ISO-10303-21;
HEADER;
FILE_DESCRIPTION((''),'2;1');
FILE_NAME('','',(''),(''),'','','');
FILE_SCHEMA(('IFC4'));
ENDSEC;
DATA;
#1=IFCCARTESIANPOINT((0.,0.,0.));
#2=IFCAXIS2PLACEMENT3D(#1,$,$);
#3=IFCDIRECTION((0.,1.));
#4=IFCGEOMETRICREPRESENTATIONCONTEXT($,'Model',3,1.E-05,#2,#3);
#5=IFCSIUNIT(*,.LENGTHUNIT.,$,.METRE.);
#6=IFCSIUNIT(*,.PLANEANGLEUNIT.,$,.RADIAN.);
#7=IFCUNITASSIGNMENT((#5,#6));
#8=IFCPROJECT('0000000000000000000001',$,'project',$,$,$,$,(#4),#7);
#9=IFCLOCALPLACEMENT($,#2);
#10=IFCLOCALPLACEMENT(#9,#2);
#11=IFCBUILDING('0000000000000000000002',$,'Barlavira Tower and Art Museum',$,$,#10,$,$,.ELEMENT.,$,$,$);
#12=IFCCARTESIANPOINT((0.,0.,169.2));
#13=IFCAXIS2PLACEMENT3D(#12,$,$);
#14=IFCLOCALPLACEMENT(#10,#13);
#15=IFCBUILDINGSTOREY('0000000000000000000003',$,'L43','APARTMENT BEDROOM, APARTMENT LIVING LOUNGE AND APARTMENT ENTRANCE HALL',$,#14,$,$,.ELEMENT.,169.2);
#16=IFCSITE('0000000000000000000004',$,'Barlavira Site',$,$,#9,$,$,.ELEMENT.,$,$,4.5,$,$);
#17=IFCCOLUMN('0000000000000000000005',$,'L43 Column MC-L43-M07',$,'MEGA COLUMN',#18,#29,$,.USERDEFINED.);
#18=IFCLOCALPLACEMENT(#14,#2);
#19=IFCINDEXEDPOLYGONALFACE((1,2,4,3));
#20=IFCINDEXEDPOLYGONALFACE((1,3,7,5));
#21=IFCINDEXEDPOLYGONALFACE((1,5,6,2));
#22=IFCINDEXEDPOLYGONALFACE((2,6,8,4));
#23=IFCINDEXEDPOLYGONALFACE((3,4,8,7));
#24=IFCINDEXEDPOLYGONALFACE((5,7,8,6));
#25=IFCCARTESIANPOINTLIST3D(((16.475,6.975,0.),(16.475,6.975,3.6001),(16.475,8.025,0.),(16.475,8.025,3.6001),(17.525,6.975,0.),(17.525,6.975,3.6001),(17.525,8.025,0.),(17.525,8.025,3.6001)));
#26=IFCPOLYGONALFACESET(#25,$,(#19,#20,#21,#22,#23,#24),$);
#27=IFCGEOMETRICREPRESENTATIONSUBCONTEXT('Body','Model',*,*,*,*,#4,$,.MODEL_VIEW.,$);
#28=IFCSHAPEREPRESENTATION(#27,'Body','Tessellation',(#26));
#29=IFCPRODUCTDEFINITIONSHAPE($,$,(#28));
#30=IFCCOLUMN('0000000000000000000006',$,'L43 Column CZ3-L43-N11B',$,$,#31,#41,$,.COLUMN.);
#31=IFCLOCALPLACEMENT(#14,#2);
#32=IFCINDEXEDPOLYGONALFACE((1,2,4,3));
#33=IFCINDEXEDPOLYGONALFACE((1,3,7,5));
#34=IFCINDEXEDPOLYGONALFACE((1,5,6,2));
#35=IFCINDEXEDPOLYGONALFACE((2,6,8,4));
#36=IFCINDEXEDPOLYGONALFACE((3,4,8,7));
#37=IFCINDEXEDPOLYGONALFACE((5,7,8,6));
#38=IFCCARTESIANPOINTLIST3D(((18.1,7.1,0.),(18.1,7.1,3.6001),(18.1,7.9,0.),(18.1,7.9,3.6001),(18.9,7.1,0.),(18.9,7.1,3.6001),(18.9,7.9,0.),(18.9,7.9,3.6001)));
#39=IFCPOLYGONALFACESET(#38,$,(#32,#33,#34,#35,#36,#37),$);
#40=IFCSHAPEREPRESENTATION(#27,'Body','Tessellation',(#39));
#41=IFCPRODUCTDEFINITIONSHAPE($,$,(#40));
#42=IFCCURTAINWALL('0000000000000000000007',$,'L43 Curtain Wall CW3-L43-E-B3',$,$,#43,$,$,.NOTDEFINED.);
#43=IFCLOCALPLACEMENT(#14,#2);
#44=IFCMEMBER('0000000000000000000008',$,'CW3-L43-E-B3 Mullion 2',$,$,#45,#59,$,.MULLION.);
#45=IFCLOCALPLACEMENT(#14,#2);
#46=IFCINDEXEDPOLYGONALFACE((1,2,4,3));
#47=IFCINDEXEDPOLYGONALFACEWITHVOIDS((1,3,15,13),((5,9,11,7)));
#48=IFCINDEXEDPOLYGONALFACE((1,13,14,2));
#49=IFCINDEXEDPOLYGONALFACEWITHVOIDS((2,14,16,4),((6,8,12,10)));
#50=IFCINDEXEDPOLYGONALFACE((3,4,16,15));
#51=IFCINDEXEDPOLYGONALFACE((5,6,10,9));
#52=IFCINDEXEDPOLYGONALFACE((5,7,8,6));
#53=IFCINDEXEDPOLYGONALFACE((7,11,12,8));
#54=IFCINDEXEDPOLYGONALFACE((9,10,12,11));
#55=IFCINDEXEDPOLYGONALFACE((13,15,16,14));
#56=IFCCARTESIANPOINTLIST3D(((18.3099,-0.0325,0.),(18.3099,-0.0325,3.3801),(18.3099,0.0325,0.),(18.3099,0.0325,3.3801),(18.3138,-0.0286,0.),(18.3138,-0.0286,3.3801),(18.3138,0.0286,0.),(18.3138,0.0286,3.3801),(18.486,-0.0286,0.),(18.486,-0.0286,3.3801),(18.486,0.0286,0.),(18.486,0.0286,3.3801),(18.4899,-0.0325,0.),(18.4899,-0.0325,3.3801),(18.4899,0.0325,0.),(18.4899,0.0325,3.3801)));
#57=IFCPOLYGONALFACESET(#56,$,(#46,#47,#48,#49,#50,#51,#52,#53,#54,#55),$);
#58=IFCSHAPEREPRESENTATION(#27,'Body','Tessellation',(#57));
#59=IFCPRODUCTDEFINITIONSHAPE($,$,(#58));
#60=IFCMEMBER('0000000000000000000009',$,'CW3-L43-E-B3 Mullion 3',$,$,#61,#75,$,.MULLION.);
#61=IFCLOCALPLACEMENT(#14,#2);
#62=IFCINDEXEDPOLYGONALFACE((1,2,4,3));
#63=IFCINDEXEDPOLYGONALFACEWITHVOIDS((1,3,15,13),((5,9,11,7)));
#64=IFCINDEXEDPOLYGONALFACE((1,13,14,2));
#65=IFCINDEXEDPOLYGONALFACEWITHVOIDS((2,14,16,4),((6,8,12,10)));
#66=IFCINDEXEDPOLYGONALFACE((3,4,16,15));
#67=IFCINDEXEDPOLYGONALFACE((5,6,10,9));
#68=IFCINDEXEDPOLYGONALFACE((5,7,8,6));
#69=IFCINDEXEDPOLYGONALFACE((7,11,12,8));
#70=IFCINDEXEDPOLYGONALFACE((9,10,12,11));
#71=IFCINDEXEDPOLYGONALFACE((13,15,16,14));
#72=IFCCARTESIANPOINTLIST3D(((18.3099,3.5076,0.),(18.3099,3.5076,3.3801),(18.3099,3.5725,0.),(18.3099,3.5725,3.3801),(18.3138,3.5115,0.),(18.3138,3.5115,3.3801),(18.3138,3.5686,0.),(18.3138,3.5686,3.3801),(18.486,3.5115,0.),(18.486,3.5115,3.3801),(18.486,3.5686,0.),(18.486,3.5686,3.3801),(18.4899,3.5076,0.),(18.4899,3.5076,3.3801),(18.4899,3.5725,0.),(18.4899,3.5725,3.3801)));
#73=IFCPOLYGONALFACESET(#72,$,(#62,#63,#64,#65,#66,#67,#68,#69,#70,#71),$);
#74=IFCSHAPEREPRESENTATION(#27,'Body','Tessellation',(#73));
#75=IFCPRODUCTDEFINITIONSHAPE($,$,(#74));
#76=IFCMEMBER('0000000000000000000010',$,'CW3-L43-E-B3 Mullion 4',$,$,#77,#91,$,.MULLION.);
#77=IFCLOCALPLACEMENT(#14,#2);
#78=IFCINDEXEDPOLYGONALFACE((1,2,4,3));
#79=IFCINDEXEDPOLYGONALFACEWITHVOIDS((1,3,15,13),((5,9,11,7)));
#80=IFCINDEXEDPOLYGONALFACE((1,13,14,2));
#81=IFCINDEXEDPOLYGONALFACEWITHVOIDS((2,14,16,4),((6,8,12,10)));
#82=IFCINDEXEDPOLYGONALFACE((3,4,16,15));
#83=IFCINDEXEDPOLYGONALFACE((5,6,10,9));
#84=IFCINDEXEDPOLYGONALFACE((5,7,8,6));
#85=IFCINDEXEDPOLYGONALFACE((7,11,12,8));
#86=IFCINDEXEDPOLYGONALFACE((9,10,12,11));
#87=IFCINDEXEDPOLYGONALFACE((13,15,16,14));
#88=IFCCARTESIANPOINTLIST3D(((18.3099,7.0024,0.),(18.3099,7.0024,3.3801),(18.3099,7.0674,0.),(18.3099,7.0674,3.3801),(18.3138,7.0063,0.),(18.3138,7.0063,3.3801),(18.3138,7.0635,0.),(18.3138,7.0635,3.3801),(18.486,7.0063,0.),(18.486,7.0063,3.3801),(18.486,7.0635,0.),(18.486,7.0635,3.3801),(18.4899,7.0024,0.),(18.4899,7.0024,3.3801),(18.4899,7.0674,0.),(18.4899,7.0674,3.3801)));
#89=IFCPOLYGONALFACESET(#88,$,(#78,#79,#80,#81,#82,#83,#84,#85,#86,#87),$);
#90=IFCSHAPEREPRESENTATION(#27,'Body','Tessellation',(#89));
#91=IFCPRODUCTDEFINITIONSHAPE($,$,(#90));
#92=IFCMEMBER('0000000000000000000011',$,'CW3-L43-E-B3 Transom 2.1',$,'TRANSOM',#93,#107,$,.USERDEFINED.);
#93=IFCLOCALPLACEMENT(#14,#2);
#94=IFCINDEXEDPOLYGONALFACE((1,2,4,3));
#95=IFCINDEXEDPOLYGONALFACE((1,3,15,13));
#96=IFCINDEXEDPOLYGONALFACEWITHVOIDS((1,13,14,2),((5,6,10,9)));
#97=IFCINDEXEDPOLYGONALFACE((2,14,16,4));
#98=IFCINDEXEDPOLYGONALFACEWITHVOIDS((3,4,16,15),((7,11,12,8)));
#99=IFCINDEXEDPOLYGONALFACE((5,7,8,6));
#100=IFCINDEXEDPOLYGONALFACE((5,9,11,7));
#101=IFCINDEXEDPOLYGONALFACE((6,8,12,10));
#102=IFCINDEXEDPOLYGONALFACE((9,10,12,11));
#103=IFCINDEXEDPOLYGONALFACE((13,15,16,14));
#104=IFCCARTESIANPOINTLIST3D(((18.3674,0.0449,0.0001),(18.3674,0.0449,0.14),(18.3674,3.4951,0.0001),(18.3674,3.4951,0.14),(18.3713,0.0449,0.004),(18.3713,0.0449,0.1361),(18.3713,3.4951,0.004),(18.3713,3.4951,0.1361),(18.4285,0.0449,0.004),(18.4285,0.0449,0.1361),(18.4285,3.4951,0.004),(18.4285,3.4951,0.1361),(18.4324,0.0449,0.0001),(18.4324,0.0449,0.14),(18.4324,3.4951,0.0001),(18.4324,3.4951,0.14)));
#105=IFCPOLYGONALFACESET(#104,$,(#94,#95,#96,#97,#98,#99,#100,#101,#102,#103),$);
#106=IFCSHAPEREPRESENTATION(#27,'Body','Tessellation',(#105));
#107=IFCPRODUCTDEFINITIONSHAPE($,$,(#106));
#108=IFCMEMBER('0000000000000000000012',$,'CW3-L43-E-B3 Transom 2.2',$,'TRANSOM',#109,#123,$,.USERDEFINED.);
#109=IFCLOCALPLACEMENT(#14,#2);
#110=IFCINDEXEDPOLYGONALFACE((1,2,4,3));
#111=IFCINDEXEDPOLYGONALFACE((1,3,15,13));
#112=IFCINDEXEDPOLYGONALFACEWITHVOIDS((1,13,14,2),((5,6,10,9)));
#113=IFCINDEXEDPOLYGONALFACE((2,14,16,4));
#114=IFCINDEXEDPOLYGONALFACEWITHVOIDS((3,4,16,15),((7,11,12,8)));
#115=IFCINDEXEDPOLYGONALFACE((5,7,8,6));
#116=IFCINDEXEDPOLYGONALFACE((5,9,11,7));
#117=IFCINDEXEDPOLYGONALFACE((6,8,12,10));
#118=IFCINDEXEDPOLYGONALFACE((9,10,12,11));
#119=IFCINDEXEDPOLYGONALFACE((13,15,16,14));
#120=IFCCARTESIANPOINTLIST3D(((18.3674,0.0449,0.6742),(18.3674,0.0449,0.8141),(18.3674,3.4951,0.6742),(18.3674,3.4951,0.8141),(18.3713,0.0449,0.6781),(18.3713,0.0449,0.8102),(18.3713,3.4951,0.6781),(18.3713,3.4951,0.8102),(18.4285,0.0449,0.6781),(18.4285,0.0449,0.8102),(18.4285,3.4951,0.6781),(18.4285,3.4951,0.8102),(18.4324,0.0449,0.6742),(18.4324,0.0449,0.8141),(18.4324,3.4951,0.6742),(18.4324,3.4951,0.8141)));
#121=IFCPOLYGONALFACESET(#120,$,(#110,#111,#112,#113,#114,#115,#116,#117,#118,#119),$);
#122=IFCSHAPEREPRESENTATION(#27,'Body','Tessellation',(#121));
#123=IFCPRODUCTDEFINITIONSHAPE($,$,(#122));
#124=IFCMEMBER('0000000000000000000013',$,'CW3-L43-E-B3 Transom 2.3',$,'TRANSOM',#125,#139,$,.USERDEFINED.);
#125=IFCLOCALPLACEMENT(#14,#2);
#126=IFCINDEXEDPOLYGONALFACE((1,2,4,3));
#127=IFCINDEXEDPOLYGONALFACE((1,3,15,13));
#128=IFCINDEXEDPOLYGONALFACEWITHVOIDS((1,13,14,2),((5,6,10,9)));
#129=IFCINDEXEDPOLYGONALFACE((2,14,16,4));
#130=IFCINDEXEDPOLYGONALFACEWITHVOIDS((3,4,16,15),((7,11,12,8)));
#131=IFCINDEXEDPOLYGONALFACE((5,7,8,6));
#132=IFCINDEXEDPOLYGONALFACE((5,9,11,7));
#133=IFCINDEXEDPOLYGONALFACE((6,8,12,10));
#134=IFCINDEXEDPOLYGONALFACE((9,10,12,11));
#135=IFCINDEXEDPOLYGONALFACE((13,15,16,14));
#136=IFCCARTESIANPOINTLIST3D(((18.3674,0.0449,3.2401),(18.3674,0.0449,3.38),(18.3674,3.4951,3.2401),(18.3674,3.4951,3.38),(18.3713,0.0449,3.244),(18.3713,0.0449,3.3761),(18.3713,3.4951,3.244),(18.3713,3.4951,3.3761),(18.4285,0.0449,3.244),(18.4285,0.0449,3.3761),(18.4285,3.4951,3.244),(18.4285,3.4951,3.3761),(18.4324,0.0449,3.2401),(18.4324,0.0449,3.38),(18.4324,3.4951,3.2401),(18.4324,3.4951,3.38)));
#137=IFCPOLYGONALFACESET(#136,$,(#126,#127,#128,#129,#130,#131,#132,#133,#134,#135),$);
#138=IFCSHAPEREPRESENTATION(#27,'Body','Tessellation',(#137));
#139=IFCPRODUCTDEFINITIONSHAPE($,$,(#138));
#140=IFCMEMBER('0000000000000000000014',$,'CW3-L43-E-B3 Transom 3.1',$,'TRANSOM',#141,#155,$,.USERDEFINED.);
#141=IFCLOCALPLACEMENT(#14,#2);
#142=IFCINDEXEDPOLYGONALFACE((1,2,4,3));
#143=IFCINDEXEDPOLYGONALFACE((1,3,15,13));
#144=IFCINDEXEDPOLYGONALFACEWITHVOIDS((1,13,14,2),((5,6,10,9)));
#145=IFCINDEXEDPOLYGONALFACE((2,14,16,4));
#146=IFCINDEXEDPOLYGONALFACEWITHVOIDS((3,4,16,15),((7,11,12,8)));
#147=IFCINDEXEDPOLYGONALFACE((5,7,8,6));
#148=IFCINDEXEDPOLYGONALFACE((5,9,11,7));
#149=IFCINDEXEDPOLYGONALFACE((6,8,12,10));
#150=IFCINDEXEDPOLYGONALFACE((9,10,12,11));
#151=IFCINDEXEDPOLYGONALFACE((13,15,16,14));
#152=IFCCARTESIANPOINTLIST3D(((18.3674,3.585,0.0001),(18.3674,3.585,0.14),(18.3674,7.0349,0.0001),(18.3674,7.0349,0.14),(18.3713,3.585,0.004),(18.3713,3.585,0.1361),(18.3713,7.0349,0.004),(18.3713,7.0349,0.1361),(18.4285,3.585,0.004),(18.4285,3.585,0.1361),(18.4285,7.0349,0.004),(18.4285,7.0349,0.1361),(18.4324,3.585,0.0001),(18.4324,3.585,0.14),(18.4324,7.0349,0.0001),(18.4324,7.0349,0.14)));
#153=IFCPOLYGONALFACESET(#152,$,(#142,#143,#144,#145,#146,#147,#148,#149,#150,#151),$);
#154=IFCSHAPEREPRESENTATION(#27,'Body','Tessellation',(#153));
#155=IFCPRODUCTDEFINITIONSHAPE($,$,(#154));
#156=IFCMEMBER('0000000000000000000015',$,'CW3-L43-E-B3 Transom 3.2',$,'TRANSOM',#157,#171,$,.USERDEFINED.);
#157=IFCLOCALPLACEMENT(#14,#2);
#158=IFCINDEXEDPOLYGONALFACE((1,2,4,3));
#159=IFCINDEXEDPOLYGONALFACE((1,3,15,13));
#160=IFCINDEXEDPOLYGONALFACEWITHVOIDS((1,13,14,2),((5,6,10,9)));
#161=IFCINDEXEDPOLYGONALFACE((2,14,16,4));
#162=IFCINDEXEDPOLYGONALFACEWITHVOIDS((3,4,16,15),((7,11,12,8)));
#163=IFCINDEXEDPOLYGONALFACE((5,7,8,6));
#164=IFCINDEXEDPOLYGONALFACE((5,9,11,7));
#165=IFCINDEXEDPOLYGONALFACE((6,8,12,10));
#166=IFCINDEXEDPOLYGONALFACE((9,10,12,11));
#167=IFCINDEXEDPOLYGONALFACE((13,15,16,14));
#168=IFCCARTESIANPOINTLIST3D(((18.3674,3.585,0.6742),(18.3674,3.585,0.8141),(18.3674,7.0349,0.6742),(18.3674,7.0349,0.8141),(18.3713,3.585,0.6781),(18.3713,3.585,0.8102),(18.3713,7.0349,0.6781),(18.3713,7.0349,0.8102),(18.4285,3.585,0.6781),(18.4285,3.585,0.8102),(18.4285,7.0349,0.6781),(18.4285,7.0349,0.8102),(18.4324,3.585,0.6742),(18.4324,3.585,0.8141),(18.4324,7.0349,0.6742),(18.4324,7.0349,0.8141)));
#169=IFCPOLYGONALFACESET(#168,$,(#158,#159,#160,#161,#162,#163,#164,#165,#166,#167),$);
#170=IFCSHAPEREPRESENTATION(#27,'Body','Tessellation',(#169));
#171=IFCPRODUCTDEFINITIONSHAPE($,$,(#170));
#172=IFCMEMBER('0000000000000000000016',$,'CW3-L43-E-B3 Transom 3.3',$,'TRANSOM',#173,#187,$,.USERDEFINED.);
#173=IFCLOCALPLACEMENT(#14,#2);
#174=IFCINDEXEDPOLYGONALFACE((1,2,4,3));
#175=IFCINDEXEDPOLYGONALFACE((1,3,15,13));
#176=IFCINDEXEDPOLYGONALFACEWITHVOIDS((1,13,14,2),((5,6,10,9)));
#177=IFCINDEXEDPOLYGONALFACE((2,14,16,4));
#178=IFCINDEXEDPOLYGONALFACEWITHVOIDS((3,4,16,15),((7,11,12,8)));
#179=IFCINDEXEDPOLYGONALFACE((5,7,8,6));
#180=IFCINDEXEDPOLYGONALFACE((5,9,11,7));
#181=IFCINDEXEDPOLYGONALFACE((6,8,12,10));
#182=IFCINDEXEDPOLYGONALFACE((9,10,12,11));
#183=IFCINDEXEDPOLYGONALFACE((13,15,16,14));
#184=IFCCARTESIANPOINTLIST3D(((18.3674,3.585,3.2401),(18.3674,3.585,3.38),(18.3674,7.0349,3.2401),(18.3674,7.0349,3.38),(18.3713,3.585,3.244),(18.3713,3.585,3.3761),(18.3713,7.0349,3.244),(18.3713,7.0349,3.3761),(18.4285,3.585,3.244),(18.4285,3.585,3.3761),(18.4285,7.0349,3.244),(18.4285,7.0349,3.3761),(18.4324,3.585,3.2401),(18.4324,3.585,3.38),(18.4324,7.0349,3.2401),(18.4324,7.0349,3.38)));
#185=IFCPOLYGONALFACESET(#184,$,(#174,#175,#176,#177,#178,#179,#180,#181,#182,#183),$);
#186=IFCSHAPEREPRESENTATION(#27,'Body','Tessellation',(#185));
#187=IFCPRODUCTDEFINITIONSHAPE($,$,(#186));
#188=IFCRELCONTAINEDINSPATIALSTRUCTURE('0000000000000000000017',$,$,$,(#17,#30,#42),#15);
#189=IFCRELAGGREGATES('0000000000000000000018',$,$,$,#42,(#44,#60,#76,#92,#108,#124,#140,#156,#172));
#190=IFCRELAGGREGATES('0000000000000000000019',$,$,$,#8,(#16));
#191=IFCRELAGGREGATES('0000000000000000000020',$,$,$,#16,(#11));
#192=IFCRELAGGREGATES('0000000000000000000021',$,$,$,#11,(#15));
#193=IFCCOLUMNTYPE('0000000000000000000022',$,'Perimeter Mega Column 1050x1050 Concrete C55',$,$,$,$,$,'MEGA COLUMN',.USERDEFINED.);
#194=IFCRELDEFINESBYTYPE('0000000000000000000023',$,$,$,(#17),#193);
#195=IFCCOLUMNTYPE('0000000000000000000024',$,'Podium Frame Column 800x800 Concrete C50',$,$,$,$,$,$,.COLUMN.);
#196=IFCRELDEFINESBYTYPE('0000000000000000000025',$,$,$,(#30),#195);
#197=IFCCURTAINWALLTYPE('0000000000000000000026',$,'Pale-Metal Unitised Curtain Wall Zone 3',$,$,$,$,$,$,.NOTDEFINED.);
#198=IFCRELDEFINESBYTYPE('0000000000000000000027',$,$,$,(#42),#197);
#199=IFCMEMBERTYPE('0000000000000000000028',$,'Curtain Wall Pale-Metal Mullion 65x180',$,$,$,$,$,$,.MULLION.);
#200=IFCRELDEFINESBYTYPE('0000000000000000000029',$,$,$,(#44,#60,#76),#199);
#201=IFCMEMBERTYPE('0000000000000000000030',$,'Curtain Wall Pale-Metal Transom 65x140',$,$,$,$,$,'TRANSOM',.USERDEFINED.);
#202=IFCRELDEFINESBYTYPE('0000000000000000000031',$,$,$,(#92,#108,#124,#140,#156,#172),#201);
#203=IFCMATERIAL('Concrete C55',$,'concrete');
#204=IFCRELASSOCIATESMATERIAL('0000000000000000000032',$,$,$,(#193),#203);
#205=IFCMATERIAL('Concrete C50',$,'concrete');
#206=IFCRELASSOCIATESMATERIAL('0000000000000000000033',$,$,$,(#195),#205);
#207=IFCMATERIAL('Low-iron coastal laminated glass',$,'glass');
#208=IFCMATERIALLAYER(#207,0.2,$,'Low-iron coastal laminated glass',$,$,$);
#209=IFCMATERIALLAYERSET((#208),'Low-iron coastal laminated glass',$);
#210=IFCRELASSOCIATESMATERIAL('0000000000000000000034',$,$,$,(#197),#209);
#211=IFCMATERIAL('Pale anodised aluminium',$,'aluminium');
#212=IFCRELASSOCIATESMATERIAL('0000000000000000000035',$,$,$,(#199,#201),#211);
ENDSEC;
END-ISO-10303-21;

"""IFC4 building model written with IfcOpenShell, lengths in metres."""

from ifc_helpers import new_model, si_unit, direction, frame, origin, origin_2d, place, context, subcontext, project, spatial, rectangle, hollow_rectangle, extrude, material, layer, layer_set, material_profile, profile_set, type_object, element, aggregate, save


model = new_model("IFC4")

# Units and contexts
model_context = context("Model", 3, precision=1e-05, world=origin(), true_north=direction((0.0, 1.0)))
body_context = subcontext(model_context, "Body", "Model", "MODEL_VIEW")
ifc_project = project(units=[si_unit("LENGTHUNIT", "METRE"), si_unit("PLANEANGLEUNIT", "RADIAN")], contexts=[model_context])

# Site, building, storey
site_placement = place(None, origin())
site = spatial("IfcSite", under=ifc_project, at=site_placement, Name="Barlavira Site", CompositionType="ELEMENT", RefElevation=4.5)
building_placement = place(site_placement, origin())
building = spatial("IfcBuilding", under=site, at=building_placement, Name="Barlavira Tower and Art Museum", CompositionType="ELEMENT")
storey_placement = place(building_placement, frame((0.0, 0.0, 169.2)))
storey = spatial("IfcBuildingStorey", under=building, at=storey_placement, Name="L43", Description="APARTMENT BEDROOM, APARTMENT LIVING LOUNGE AND APARTMENT ENTRANCE HALL", CompositionType="ELEMENT", Elevation=169.2)

# Columns
ifc_material_1 = material(Name="Concrete C55", Category="concrete")
ifc_material_profile_1 = material_profile(ifc_material_1, rectangle(XDim=1.05, YDim=1.05, at=origin_2d()), Name="RC-COL 1050x1050")
ifc_profile_set_1 = profile_set([ifc_material_profile_1], Name="Concrete C55")
column_type_1 = type_object("IfcColumnType", Name="Perimeter Mega Column 1050x1050 Concrete C55", ElementType="MEGA COLUMN", PredefinedType="USERDEFINED", material=ifc_profile_set_1)
column_1_placement = place(storey_placement, frame((17.0, 7.5, 0.0), z_axis=(0.0, 0.0, 1.0), x_axis=(1.0, 0.0, 0.0)))
element("IfcColumn", 1, at=column_1_placement, inside=storey, type_object=column_type_1, Name="L43 Column MC-L43-M07", ObjectType="MEGA COLUMN", PredefinedType="USERDEFINED", context=body_context, shape_type="SweptSolid", body=[
    extrude(rectangle(XDim=1.05, YDim=1.05, at=origin_2d()), origin(), (0.0, 0.0, 1.0), 3.6001),
])
ifc_material_2 = material(Name="Concrete C50", Category="concrete")
ifc_material_profile_2 = material_profile(ifc_material_2, rectangle(XDim=0.8, YDim=0.8, at=origin_2d()), Name="RC-COL 800x800")
ifc_profile_set_2 = profile_set([ifc_material_profile_2], Name="Concrete C50")
column_type_2 = type_object("IfcColumnType", Name="Podium Frame Column 800x800 Concrete C50", PredefinedType="COLUMN", material=ifc_profile_set_2)
column_2_placement = place(storey_placement, frame((18.5, 7.5, 0.0), z_axis=(0.0, 0.0, 1.0), x_axis=(1.0, 0.0, 0.0)))
element("IfcColumn", 2, at=column_2_placement, inside=storey, type_object=column_type_2, Name="L43 Column CZ3-L43-N11B", PredefinedType="COLUMN", context=body_context, shape_type="SweptSolid", body=[
    extrude(rectangle(XDim=0.8, YDim=0.8, at=origin_2d()), origin(), (0.0, 0.0, 1.0), 3.6001),
])

# Curtain wall, members
ifc_material_3 = material(Name="Low-iron coastal laminated glass", Category="glass")
ifc_layer_1 = layer(ifc_material_3, 0.2, Name="Low-iron coastal laminated glass")
ifc_layer_set_1 = layer_set([ifc_layer_1], Name="Low-iron coastal laminated glass")
curtain_wall_type = type_object("IfcCurtainWallType", Name="Pale-Metal Unitised Curtain Wall Zone 3", PredefinedType="NOTDEFINED", material=ifc_layer_set_1)
curtain_wall_placement = place(storey_placement, origin())
curtain_wall = element("IfcCurtainWall", 3, at=curtain_wall_placement, inside=storey, type_object=curtain_wall_type, Name="L43 Curtain Wall CW3-L43-E-B3", PredefinedType="NOTDEFINED")
ifc_material_4 = material(Name="Pale anodised aluminium", Category="aluminium")
ifc_material_profile_3 = material_profile(ifc_material_4, hollow_rectangle(XDim=0.0649, YDim=0.1799, WallThickness=0.0039, at=origin_2d()), Name="ALU-MULL 65x180x4")
ifc_profile_set_3 = profile_set([ifc_material_profile_3], Name="Pale anodised aluminium")
member_type_1 = type_object("IfcMemberType", Name="Curtain Wall Pale-Metal Mullion 65x180", PredefinedType="MULLION", material=ifc_profile_set_3)
member_1_placement = place(storey_placement, frame((18.3999, 0.0, 0.0), z_axis=(0.0, 0.0, 1.0), x_axis=(0.0, 1.0, 0.0)))
member_1 = element("IfcMember", 4, at=member_1_placement, type_object=member_type_1, Name="CW3-L43-E-B3 Mullion 2", PredefinedType="MULLION", context=body_context, shape_type="SweptSolid", body=[
    extrude(hollow_rectangle(XDim=0.0649, YDim=0.1799, WallThickness=0.0039, at=origin_2d()), origin(), (0.0, 0.0, 1.0), 3.3801),
])
member_2_placement = place(storey_placement, frame((18.3999, 3.54, 0.0), z_axis=(0.0, 0.0, 1.0), x_axis=(0.0, 1.0, 0.0)))
member_2 = element("IfcMember", 5, at=member_2_placement, type_object=member_type_1, Name="CW3-L43-E-B3 Mullion 3", PredefinedType="MULLION", context=body_context, shape_type="SweptSolid", body=[
    extrude(hollow_rectangle(XDim=0.0649, YDim=0.1799, WallThickness=0.0039, at=origin_2d()), origin(), (0.0, 0.0, 1.0), 3.3801),
])
member_3_placement = place(storey_placement, frame((18.3999, 7.0349, 0.0), z_axis=(0.0, 0.0, 1.0), x_axis=(0.0, 1.0, 0.0)))
member_3 = element("IfcMember", 6, at=member_3_placement, type_object=member_type_1, Name="CW3-L43-E-B3 Mullion 4", PredefinedType="MULLION", context=body_context, shape_type="SweptSolid", body=[
    extrude(hollow_rectangle(XDim=0.0649, YDim=0.1799, WallThickness=0.0039, at=origin_2d()), origin(), (0.0, 0.0, 1.0), 3.3801),
])
ifc_material_profile_4 = material_profile(ifc_material_4, hollow_rectangle(XDim=0.0649, YDim=0.1399, WallThickness=0.0039, at=origin_2d()), Name="ALU-TRAN 65x140x4")
ifc_profile_set_4 = profile_set([ifc_material_profile_4], Name="Pale anodised aluminium")
member_type_2 = type_object("IfcMemberType", Name="Curtain Wall Pale-Metal Transom 65x140", ElementType="TRANSOM", PredefinedType="USERDEFINED", material=ifc_profile_set_4)
member_4_placement = place(storey_placement, frame((18.3999, 0.0449, 0.0701), z_axis=(0.0, 1.0, 0.0), x_axis=(-1.0, 0.0, 0.0)))
member_4 = element("IfcMember", 7, at=member_4_placement, type_object=member_type_2, Name="CW3-L43-E-B3 Transom 2.1", ObjectType="TRANSOM", PredefinedType="USERDEFINED", context=body_context, shape_type="SweptSolid", body=[
    extrude(hollow_rectangle(XDim=0.0649, YDim=0.1399, WallThickness=0.0039, at=origin_2d()), origin(), (0.0, 0.0, 1.0), 3.4502),
])
member_5_placement = place(storey_placement, frame((18.3999, 0.0449, 0.7441), z_axis=(0.0, 1.0, 0.0), x_axis=(-1.0, 0.0, 0.0)))
member_5 = element("IfcMember", 8, at=member_5_placement, type_object=member_type_2, Name="CW3-L43-E-B3 Transom 2.2", ObjectType="TRANSOM", PredefinedType="USERDEFINED", context=body_context, shape_type="SweptSolid", body=[
    extrude(hollow_rectangle(XDim=0.0649, YDim=0.1399, WallThickness=0.0039, at=origin_2d()), origin(), (0.0, 0.0, 1.0), 3.4502),
])
member_6_placement = place(storey_placement, frame((18.3999, 0.0449, 3.3101), z_axis=(0.0, 1.0, 0.0), x_axis=(-1.0, 0.0, 0.0)))
member_6 = element("IfcMember", 9, at=member_6_placement, type_object=member_type_2, Name="CW3-L43-E-B3 Transom 2.3", ObjectType="TRANSOM", PredefinedType="USERDEFINED", context=body_context, shape_type="SweptSolid", body=[
    extrude(hollow_rectangle(XDim=0.0649, YDim=0.1399, WallThickness=0.0039, at=origin_2d()), origin(), (0.0, 0.0, 1.0), 3.4502),
])
member_7_placement = place(storey_placement, frame((18.3999, 3.585, 0.0701), z_axis=(0.0, 1.0, 0.0), x_axis=(-1.0, 0.0, 0.0)))
member_7 = element("IfcMember", 10, at=member_7_placement, type_object=member_type_2, Name="CW3-L43-E-B3 Transom 3.1", ObjectType="TRANSOM", PredefinedType="USERDEFINED", context=body_context, shape_type="SweptSolid", body=[
    extrude(hollow_rectangle(XDim=0.0649, YDim=0.1399, WallThickness=0.0039, at=origin_2d()), origin(), (0.0, 0.0, 1.0), 3.45),
])
member_8_placement = place(storey_placement, frame((18.3999, 3.585, 0.7441), z_axis=(0.0, 1.0, 0.0), x_axis=(-1.0, 0.0, 0.0)))
member_8 = element("IfcMember", 11, at=member_8_placement, type_object=member_type_2, Name="CW3-L43-E-B3 Transom 3.2", ObjectType="TRANSOM", PredefinedType="USERDEFINED", context=body_context, shape_type="SweptSolid", body=[
    extrude(hollow_rectangle(XDim=0.0649, YDim=0.1399, WallThickness=0.0039, at=origin_2d()), origin(), (0.0, 0.0, 1.0), 3.45),
])
member_9_placement = place(storey_placement, frame((18.3999, 3.585, 3.3101), z_axis=(0.0, 1.0, 0.0), x_axis=(-1.0, 0.0, 0.0)))
member_9 = element("IfcMember", 12, at=member_9_placement, type_object=member_type_2, Name="CW3-L43-E-B3 Transom 3.3", ObjectType="TRANSOM", PredefinedType="USERDEFINED", context=body_context, shape_type="SweptSolid", body=[
    extrude(hollow_rectangle(XDim=0.0649, YDim=0.1399, WallThickness=0.0039, at=origin_2d()), origin(), (0.0, 0.0, 1.0), 3.45),
])

aggregate(curtain_wall, [member_1, member_2, member_3, member_4, member_5, member_6, member_7, member_8, member_9])

save(model, "model.ifc")
